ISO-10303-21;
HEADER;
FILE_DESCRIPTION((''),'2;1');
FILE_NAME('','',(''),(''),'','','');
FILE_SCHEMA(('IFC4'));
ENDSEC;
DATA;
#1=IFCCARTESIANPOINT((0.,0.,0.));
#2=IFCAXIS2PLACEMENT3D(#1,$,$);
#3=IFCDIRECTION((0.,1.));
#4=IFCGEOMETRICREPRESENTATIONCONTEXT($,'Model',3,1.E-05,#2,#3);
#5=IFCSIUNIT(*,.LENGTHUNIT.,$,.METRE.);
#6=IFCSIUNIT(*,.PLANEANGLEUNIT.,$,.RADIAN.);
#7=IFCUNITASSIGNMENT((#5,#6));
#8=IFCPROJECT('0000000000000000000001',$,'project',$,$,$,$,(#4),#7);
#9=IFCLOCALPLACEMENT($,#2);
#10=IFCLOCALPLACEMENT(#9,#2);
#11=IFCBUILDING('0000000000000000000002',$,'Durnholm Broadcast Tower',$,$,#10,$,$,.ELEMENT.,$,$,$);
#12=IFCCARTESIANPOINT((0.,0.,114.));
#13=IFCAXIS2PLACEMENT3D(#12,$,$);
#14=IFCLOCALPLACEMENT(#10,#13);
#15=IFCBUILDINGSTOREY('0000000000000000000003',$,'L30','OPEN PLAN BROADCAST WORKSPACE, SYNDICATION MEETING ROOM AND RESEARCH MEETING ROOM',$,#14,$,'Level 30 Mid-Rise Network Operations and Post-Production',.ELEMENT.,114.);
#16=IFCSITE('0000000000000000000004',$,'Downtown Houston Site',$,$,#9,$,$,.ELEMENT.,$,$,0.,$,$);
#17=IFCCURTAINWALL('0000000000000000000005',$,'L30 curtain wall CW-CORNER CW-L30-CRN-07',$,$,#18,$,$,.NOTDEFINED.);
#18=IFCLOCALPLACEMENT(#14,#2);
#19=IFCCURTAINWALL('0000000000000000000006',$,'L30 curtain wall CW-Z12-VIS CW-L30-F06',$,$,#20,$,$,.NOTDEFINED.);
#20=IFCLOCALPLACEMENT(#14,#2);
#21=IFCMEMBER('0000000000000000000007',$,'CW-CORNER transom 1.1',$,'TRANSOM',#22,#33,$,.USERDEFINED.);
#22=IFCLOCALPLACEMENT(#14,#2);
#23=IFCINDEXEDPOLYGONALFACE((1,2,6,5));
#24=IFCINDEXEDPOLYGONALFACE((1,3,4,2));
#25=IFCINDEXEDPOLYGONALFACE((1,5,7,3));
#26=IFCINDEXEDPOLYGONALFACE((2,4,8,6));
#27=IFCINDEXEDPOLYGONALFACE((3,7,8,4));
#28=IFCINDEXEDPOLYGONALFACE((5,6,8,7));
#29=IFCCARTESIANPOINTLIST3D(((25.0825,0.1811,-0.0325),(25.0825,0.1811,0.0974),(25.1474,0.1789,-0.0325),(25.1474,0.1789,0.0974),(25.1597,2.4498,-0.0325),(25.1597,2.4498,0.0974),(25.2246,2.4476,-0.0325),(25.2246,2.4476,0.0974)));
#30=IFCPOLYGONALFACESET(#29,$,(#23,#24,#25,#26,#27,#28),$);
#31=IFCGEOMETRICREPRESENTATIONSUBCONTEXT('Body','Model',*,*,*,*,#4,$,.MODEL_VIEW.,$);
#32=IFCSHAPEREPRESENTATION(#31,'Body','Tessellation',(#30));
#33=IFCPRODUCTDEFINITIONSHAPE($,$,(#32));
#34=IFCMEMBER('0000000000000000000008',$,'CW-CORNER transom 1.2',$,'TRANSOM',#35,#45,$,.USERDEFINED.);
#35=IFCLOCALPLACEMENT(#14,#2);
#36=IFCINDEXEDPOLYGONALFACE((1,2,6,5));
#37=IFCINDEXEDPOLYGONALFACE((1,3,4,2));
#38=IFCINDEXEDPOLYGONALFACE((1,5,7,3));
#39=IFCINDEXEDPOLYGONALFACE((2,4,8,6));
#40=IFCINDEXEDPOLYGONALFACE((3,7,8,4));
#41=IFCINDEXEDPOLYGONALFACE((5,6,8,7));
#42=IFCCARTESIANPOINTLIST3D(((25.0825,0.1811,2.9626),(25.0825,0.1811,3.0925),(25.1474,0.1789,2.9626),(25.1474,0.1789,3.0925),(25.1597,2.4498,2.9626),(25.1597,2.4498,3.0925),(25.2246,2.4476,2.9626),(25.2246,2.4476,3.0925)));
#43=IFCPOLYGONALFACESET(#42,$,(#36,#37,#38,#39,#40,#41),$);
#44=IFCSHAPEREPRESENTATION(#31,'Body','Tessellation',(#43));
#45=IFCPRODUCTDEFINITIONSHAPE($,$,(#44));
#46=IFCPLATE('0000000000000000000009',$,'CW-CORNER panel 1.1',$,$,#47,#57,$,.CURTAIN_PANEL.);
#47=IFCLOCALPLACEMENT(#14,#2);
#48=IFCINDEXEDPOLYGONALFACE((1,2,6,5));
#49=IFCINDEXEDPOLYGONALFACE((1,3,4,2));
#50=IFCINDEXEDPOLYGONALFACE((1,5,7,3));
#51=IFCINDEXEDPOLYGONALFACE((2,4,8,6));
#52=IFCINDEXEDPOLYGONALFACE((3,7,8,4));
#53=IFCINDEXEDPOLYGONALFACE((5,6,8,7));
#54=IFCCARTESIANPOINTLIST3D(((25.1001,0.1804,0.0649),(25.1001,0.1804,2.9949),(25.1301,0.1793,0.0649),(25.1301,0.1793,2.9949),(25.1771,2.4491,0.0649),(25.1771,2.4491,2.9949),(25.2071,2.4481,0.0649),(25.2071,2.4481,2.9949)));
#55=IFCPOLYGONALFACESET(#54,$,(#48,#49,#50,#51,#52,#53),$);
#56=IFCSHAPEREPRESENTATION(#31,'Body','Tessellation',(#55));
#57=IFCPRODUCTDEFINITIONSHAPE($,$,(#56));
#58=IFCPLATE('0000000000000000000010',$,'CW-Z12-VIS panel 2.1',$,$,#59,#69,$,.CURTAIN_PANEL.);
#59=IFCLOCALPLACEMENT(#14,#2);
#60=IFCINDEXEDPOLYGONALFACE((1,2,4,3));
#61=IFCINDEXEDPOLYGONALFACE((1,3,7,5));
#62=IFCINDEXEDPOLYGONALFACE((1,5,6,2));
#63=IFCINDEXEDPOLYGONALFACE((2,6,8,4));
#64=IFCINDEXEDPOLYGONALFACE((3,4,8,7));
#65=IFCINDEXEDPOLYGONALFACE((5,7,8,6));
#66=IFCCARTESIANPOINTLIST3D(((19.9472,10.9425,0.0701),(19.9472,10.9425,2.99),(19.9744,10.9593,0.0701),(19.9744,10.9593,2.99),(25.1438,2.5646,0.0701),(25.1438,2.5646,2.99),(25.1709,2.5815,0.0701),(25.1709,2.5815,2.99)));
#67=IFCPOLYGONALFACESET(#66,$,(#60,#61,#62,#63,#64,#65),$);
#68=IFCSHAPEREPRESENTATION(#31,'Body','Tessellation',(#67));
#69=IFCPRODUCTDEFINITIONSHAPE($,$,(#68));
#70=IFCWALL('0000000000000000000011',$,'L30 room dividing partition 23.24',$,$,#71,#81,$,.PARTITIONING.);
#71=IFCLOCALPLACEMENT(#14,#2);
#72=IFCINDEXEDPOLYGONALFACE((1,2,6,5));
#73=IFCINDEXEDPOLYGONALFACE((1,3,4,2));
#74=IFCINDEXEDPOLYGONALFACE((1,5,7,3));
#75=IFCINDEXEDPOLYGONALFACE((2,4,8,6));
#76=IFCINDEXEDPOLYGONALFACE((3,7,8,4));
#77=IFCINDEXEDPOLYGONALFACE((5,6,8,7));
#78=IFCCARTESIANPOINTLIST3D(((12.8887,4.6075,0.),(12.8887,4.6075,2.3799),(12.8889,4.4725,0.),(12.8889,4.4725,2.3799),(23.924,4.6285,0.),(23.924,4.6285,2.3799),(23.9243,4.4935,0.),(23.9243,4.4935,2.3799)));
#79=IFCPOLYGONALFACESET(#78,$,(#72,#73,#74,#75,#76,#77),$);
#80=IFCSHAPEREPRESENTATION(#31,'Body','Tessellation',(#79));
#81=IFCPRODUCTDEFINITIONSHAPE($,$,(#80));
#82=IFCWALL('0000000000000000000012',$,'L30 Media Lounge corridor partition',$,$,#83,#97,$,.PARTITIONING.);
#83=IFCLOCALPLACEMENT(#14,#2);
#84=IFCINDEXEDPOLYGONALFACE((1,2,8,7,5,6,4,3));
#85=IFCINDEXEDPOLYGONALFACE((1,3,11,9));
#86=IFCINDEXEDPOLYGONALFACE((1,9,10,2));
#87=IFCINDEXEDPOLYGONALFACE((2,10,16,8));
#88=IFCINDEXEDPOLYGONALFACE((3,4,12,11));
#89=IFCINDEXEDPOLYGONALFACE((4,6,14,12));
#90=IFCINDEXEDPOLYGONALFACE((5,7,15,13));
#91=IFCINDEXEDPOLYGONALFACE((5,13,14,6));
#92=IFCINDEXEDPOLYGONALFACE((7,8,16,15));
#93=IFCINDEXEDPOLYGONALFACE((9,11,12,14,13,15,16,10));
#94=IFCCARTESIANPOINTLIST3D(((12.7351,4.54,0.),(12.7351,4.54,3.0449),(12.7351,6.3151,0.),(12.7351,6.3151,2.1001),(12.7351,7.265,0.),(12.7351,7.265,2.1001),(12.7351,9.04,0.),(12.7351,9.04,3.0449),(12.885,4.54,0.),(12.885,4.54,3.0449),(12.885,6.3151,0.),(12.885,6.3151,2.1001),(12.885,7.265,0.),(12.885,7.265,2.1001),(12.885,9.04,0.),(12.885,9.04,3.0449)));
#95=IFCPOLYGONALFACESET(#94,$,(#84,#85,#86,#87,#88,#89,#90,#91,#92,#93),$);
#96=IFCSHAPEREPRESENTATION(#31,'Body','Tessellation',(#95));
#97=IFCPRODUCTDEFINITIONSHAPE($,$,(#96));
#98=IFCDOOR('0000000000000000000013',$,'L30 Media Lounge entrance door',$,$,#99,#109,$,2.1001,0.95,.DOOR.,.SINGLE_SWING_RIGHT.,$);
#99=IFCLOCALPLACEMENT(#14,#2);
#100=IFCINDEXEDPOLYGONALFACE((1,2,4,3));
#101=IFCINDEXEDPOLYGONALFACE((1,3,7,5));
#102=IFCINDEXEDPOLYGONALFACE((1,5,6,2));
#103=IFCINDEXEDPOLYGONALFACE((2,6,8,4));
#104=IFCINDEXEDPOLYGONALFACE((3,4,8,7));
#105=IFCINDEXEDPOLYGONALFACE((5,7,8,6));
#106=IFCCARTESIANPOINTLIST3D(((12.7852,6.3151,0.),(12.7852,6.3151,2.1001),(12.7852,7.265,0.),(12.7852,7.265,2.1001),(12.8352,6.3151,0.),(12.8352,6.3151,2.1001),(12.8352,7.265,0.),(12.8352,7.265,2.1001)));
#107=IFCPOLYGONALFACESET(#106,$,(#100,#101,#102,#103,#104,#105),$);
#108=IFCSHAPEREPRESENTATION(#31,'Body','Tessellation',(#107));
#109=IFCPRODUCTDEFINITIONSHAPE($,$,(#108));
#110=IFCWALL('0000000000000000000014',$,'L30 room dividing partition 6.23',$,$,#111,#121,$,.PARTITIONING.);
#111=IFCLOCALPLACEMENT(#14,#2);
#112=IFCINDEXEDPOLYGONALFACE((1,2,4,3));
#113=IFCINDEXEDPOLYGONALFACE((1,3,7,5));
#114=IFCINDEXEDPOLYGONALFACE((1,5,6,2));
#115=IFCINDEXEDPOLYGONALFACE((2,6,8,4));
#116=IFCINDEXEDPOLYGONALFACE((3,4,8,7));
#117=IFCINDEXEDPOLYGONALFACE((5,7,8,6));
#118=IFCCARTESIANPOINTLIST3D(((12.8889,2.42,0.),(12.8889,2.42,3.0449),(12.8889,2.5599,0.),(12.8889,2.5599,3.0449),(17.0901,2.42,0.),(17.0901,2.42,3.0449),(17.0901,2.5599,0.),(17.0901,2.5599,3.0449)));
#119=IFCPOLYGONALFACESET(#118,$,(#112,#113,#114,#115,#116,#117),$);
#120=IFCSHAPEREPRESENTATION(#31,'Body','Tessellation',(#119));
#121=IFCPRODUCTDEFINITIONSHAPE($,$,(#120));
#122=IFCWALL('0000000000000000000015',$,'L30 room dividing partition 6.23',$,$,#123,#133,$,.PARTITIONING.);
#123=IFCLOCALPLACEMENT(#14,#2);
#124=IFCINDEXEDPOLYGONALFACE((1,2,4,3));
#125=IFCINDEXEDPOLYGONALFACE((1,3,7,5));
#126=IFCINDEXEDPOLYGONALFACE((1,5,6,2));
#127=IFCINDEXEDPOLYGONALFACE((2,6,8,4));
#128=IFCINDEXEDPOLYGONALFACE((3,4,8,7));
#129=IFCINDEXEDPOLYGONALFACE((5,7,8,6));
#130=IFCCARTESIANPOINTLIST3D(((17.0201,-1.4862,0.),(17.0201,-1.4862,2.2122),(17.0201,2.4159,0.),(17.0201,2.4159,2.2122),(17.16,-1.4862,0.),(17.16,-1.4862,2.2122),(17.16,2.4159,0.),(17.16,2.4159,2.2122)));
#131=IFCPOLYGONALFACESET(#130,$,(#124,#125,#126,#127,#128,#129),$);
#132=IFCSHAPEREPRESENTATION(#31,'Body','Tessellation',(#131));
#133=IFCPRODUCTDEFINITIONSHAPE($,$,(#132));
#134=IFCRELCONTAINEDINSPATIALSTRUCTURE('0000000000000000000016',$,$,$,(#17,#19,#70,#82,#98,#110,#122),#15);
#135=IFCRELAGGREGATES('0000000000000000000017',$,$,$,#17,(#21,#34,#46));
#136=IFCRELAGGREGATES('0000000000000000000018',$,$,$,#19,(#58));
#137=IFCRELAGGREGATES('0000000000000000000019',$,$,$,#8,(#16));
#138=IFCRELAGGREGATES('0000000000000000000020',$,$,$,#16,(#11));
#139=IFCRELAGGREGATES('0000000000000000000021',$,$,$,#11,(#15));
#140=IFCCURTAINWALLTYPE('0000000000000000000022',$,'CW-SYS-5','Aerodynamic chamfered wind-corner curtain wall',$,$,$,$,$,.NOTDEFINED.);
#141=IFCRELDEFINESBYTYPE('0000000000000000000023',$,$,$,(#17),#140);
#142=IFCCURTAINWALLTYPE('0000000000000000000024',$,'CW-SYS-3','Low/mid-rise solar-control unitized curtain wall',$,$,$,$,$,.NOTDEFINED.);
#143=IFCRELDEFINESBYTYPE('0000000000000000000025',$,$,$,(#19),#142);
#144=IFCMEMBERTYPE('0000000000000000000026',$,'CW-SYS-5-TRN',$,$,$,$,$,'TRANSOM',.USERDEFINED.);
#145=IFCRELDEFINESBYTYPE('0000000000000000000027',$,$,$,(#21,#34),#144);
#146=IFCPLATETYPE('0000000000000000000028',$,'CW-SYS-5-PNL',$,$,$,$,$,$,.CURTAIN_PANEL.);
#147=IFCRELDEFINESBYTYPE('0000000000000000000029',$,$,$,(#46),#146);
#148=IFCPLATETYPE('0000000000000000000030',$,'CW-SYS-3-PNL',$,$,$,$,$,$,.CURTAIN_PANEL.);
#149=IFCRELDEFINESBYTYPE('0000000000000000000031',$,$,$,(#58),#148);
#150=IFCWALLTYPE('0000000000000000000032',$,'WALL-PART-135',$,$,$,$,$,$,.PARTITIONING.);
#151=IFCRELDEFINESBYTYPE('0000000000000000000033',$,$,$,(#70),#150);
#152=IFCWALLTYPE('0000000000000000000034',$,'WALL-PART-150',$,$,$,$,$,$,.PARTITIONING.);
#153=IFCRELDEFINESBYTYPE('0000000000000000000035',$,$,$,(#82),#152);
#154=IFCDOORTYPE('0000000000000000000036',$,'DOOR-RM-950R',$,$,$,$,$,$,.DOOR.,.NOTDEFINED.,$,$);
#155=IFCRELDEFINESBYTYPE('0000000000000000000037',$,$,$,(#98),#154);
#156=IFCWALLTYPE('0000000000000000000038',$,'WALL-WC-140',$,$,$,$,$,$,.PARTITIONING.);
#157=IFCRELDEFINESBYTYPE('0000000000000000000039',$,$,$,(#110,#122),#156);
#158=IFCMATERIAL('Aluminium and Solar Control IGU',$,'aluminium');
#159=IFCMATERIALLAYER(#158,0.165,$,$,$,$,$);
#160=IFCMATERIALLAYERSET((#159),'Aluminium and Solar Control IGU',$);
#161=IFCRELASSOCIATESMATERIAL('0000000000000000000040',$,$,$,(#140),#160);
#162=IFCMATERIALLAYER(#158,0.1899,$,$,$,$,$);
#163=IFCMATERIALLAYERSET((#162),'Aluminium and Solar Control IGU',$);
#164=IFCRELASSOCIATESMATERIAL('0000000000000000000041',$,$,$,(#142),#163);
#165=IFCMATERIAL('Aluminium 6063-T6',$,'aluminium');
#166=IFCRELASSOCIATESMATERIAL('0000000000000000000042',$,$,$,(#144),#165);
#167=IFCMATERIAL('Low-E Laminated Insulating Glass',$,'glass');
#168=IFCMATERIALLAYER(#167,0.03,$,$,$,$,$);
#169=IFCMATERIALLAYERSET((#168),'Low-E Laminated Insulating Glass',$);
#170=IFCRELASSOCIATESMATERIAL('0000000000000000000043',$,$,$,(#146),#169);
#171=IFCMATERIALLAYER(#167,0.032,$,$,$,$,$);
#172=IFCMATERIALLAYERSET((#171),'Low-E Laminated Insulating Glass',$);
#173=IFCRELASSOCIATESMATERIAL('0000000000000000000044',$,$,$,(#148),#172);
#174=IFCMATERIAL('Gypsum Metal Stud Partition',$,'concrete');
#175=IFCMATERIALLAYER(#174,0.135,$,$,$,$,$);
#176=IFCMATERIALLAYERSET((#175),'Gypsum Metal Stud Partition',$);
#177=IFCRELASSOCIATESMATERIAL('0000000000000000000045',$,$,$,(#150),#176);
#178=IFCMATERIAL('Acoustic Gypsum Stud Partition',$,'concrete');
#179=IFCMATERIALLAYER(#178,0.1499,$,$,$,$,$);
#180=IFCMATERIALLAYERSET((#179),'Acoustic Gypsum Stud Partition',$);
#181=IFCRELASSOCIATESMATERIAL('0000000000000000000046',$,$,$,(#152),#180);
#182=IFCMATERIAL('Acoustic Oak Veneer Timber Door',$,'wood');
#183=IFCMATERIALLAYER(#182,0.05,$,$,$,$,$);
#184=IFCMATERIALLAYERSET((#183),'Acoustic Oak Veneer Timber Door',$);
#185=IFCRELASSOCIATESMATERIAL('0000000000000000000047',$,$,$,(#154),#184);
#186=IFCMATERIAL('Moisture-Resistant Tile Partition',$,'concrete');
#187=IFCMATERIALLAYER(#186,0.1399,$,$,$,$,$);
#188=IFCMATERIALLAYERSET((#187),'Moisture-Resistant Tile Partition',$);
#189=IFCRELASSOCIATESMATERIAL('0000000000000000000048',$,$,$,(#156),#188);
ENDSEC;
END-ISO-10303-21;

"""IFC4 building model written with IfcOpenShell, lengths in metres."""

from ifc_helpers import new_model, si_unit, direction, frame, frame_2d, origin, origin_2d, place, context, subcontext, project, spatial, rectangle, extrude, source, transform, mapped, material, layer, layer_set, material_profile, profile_set, type_object, type_shapes, element, fill, aggregate, save


model = new_model("IFC4")

# Units and contexts
model_context = context("Model", 3, precision=1e-05, world=origin(), true_north=direction((0.0, 1.0)))
body_context = subcontext(model_context, "Body", "Model", "MODEL_VIEW")
ifc_project = project(units=[si_unit("LENGTHUNIT", "METRE"), si_unit("PLANEANGLEUNIT", "RADIAN")], contexts=[model_context])

# Site, building, storey
site_placement = place(None, origin())
site = spatial("IfcSite", under=ifc_project, at=site_placement, Name="Downtown Houston Site", CompositionType="ELEMENT", RefElevation=0.0)
building_placement = place(site_placement, origin())
building = spatial("IfcBuilding", under=site, at=building_placement, Name="Durnholm Broadcast Tower", CompositionType="ELEMENT")
storey_placement = place(building_placement, frame((0.0, 0.0, 114.0)))
storey = spatial("IfcBuildingStorey", under=building, at=storey_placement, Name="L30", Description="OPEN PLAN BROADCAST WORKSPACE, SYNDICATION MEETING ROOM AND RESEARCH MEETING ROOM", LongName="Level 30 Mid-Rise Network Operations and Post-Production", CompositionType="ELEMENT", Elevation=114.0)

# Curtain walls
ifc_material_1 = material(Name="Aluminium and Solar Control IGU", Category="aluminium")
ifc_layer_1 = layer(ifc_material_1, 0.165)
ifc_layer_set_1 = layer_set([ifc_layer_1], Name="Aluminium and Solar Control IGU")
curtain_wall_type_1 = type_object("IfcCurtainWallType", Name="CW-SYS-5", Description="Aerodynamic chamfered wind-corner curtain wall", PredefinedType="NOTDEFINED", material=ifc_layer_set_1)
curtain_wall_1_placement = place(storey_placement, origin())
curtain_wall_1 = element("IfcCurtainWall", 1, at=curtain_wall_1_placement, inside=storey, type_object=curtain_wall_type_1, Name="L30 curtain wall CW-CORNER CW-L30-CRN-07", PredefinedType="NOTDEFINED")
ifc_material_2 = material(Name="Aluminium 6063-T6", Category="aluminium")
ifc_layer_2 = layer(ifc_material_1, 0.1899)
ifc_layer_set_2 = layer_set([ifc_layer_2], Name="Aluminium and Solar Control IGU")
curtain_wall_type_2 = type_object("IfcCurtainWallType", Name="CW-SYS-3", Description="Low/mid-rise solar-control unitized curtain wall", PredefinedType="NOTDEFINED", material=ifc_layer_set_2)
curtain_wall_2_placement = place(storey_placement, origin())
curtain_wall_2 = element("IfcCurtainWall", 2, at=curtain_wall_2_placement, inside=storey, type_object=curtain_wall_type_2, Name="L30 curtain wall CW-Z12-VIS CW-L30-F06", PredefinedType="NOTDEFINED")

# Members
ifc_material_profile_1 = material_profile(ifc_material_2, rectangle(XDim=0.0649, YDim=0.1299, at=origin_2d()), Name="CWT65X130")
ifc_profile_set_1 = profile_set([ifc_material_profile_1], Name="Aluminium 6063-T6")
member_type_1 = type_object("IfcMemberType", Name="CW-SYS-5-TRN", ElementType="TRANSOM", PredefinedType="USERDEFINED", material=ifc_profile_set_1)
shared_shape_1 = source(origin(), body_context, "Body", "SweptSolid", [
    extrude(rectangle(XDim=0.0649, YDim=0.1299, at=origin_2d()), origin(), (0.0, 0.0, 1.0), 2.27),
])
type_shapes(member_type_1, [shared_shape_1])
member_1_placement = place(storey_placement, frame((25.1921, 2.4487, 0.0325), z_axis=(-0.033984, -0.999422, 0.0), x_axis=(0.999422, -0.033984, 0.0)))
member_1 = element("IfcMember", 3, at=member_1_placement, type_object=member_type_1, Name="CW-CORNER transom 1.1", ObjectType="TRANSOM", PredefinedType="USERDEFINED", context=body_context, shape_type="MappedRepresentation", body=[
    mapped(shared_shape_1, transform((0.0, 0.0, 0.0), x_axis=(1.0, 0.0, 0.0), y_axis=(0.0, 1.0, 0.0), z_axis=(0.0, 0.0, 1.0), scale=1.0)),
])
member_2_placement = place(storey_placement, frame((25.1921, 2.4487, 3.0276), z_axis=(-0.033984, -0.999422, 0.0), x_axis=(0.999422, -0.033984, 0.0)))
member_2 = element("IfcMember", 4, at=member_2_placement, type_object=member_type_1, Name="CW-CORNER transom 1.2", ObjectType="TRANSOM", PredefinedType="USERDEFINED", context=body_context, shape_type="MappedRepresentation", body=[
    mapped(shared_shape_1, transform((0.0, 0.0, 0.0), x_axis=(1.0, 0.0, 0.0), y_axis=(0.0, 1.0, 0.0), z_axis=(0.0, 0.0, 1.0), scale=1.0)),
])

# Plates
ifc_material_3 = material(Name="Low-E Laminated Insulating Glass", Category="glass")
ifc_layer_3 = layer(ifc_material_3, 0.03)
ifc_layer_set_3 = layer_set([ifc_layer_3], Name="Low-E Laminated Insulating Glass")
plate_type_1 = type_object("IfcPlateType", Name="CW-SYS-5-PNL", PredefinedType="CURTAIN_PANEL", material=ifc_layer_set_3)
shared_shape_2 = source(origin(), body_context, "Body", "SweptSolid", [
    extrude(rectangle(XDim=2.27, YDim=0.03, at=origin_2d()), origin(), (0.0, 0.0, 1.0), 2.9299),
])
type_shapes(plate_type_1, [shared_shape_2])
plate_1_placement = place(storey_placement, frame((25.1536, 1.3142, 0.0649), z_axis=(0.0, 0.0, 1.0), x_axis=(-0.033917, -0.999425, 0.0)))
plate_1 = element("IfcPlate", 5, at=plate_1_placement, type_object=plate_type_1, Name="CW-CORNER panel 1.1", PredefinedType="CURTAIN_PANEL", context=body_context, shape_type="MappedRepresentation", body=[
    mapped(shared_shape_2, transform((0.0, 0.0, 0.0), x_axis=(1.0, 0.0, 0.0), y_axis=(0.0, 1.0, 0.0), z_axis=(0.0, 0.0, 1.0), scale=1.0)),
])
aggregate(curtain_wall_1, [member_1, member_2, plate_1])
ifc_layer_4 = layer(ifc_material_3, 0.032)
ifc_layer_set_4 = layer_set([ifc_layer_4], Name="Low-E Laminated Insulating Glass")
plate_type_2 = type_object("IfcPlateType", Name="CW-SYS-3-PNL", PredefinedType="CURTAIN_PANEL", material=ifc_layer_set_4)
shared_shape_3 = source(origin(), body_context, "Body", "SweptSolid", [
    extrude(rectangle(XDim=9.8586, YDim=0.032, at=origin_2d()), origin(), (0.0, 0.0, 1.0), 2.9199),
])
type_shapes(plate_type_2, [shared_shape_3])
plate_2_placement = place(storey_placement, frame((22.5591, 6.762, 0.0701), z_axis=(0.0, 0.0, 1.0), x_axis=(0.527105, -0.8498, 0.0)))
plate_2 = element("IfcPlate", 6, at=plate_2_placement, type_object=plate_type_2, Name="CW-Z12-VIS panel 2.1", PredefinedType="CURTAIN_PANEL", context=body_context, shape_type="MappedRepresentation", body=[
    mapped(shared_shape_3, transform((0.0, 0.0, 0.0), x_axis=(1.0, 0.0, 0.0), y_axis=(0.0, 1.0, 0.0), z_axis=(0.0, 0.0, 1.0), scale=1.0)),
])
aggregate(curtain_wall_2, [plate_2])

# Wall
ifc_material_4 = material(Name="Gypsum Metal Stud Partition", Category="concrete")
ifc_layer_5 = layer(ifc_material_4, 0.135)
ifc_layer_set_5 = layer_set([ifc_layer_5], Name="Gypsum Metal Stud Partition")
wall_type_1 = type_object("IfcWallType", Name="WALL-PART-135", PredefinedType="PARTITIONING", material=ifc_layer_set_5)
wall_1_placement = place(storey_placement, frame((12.8889, 4.54, 0.0), z_axis=(0.0, 0.0, 1.0), x_axis=(0.999998, 0.001903, 0.0)))
element("IfcWall", 7, at=wall_1_placement, inside=storey, type_object=wall_type_1, Name="L30 room dividing partition 23.24", PredefinedType="PARTITIONING", context=body_context, shape_type="SweptSolid", body=[
    extrude(rectangle(XDim=11.0354, YDim=0.135, at=frame_2d((5.5176, 0.0))), origin(), (0.0, 0.0, 1.0), 2.3799),
])

# Wall, opening, door
ifc_material_5 = material(Name="Acoustic Gypsum Stud Partition", Category="concrete")
ifc_layer_6 = layer(ifc_material_5, 0.1499)
ifc_layer_set_6 = layer_set([ifc_layer_6], Name="Acoustic Gypsum Stud Partition")
wall_type_2 = type_object("IfcWallType", Name="WALL-PART-150", PredefinedType="PARTITIONING", material=ifc_layer_set_6)
wall_2_placement = place(storey_placement, frame((12.8101, 4.54, 0.0), z_axis=(0.0, 0.0, 1.0), x_axis=(0.0, 1.0, 0.0)))
wall_2 = element("IfcWall", 8, at=wall_2_placement, inside=storey, type_object=wall_type_2, Name="L30 Media Lounge corridor partition", PredefinedType="PARTITIONING", context=body_context, shape_type="SweptSolid", body=[
    extrude(rectangle(XDim=4.5, YDim=0.1499, at=frame_2d((2.25, 0.0))), origin(), (0.0, 0.0, 1.0), 3.0449),
])
opening_placement = place(wall_2_placement, frame((1.7749, 0.0, 0.0)))
opening = element("IfcOpeningElement", 9, at=opening_placement, cuts=wall_2, PredefinedType="OPENING", context=body_context, shape_type="SweptSolid", body=[
    extrude(rectangle(XDim=0.95, YDim=2.1001, at=frame_2d((0.4751, 1.05))), frame((0.0, 0.085, 0.0), z_axis=(0.0, -1.0, 0.0), x_axis=(1.0, 0.0, 0.0)), (0.0, 0.0, 1.0), 0.1699),
])
ifc_material_6 = material(Name="Acoustic Oak Veneer Timber Door", Category="wood")
ifc_layer_7 = layer(ifc_material_6, 0.05)
ifc_layer_set_7 = layer_set([ifc_layer_7], Name="Acoustic Oak Veneer Timber Door")
door_type = type_object("IfcDoorType", Name="DOOR-RM-950R", OperationType="NOTDEFINED", PredefinedType="DOOR", material=ifc_layer_set_7)
shared_shape_4 = source(origin(), body_context, "Body", "SweptSolid", [
    extrude(rectangle(XDim=0.95, YDim=2.1001, at=frame_2d((0.4751, 1.05))), frame((0.0, 0.0249, 0.0), z_axis=(0.0, -1.0, 0.0), x_axis=(1.0, 0.0, 0.0)), (0.0, 0.0, 1.0), 0.05),
])
type_shapes(door_type, [shared_shape_4])
door_placement = place(opening_placement, origin())
door = element("IfcDoor", 10, at=door_placement, inside=storey, type_object=door_type, Name="L30 Media Lounge entrance door", OperationType="SINGLE_SWING_RIGHT", OverallHeight=2.1001, OverallWidth=0.95, PredefinedType="DOOR", context=body_context, shape_type="MappedRepresentation", body=[
    mapped(shared_shape_4, transform((0.0, 0.0, 0.0), x_axis=(1.0, 0.0, 0.0), y_axis=(0.0, 1.0, 0.0), z_axis=(0.0, 0.0, 1.0), scale=1.0)),
])
fill(opening, door)

# Walls
ifc_material_7 = material(Name="Moisture-Resistant Tile Partition", Category="concrete")
ifc_layer_8 = layer(ifc_material_7, 0.1399)
ifc_layer_set_8 = layer_set([ifc_layer_8], Name="Moisture-Resistant Tile Partition")
wall_type_3 = type_object("IfcWallType", Name="WALL-WC-140", PredefinedType="PARTITIONING", material=ifc_layer_set_8)
wall_3_placement = place(storey_placement, frame((12.8889, 2.49, 0.0), z_axis=(0.0, 0.0, 1.0), x_axis=(1.0, 0.0, 0.0)))
element("IfcWall", 11, at=wall_3_placement, inside=storey, type_object=wall_type_3, Name="L30 room dividing partition 6.23", PredefinedType="PARTITIONING", context=body_context, shape_type="SweptSolid", body=[
    extrude(rectangle(XDim=4.2012, YDim=0.1399, at=frame_2d((2.1006, 0.0))), origin(), (0.0, 0.0, 1.0), 3.0449),
])
wall_4_placement = place(storey_placement, frame((17.0901, 2.416, 0.0), z_axis=(0.0, 0.0, 1.0), x_axis=(0.0, -1.0, 0.0)))
element("IfcWall", 12, at=wall_4_placement, inside=storey, type_object=wall_type_3, Name="L30 room dividing partition 6.23", PredefinedType="PARTITIONING", context=body_context, shape_type="SweptSolid", body=[
    extrude(rectangle(XDim=3.9021, YDim=0.1399, at=frame_2d((1.9512, 0.0))), origin(), (0.0, 0.0, 1.0), 2.2122),
])

save(model, "model.ifc")
